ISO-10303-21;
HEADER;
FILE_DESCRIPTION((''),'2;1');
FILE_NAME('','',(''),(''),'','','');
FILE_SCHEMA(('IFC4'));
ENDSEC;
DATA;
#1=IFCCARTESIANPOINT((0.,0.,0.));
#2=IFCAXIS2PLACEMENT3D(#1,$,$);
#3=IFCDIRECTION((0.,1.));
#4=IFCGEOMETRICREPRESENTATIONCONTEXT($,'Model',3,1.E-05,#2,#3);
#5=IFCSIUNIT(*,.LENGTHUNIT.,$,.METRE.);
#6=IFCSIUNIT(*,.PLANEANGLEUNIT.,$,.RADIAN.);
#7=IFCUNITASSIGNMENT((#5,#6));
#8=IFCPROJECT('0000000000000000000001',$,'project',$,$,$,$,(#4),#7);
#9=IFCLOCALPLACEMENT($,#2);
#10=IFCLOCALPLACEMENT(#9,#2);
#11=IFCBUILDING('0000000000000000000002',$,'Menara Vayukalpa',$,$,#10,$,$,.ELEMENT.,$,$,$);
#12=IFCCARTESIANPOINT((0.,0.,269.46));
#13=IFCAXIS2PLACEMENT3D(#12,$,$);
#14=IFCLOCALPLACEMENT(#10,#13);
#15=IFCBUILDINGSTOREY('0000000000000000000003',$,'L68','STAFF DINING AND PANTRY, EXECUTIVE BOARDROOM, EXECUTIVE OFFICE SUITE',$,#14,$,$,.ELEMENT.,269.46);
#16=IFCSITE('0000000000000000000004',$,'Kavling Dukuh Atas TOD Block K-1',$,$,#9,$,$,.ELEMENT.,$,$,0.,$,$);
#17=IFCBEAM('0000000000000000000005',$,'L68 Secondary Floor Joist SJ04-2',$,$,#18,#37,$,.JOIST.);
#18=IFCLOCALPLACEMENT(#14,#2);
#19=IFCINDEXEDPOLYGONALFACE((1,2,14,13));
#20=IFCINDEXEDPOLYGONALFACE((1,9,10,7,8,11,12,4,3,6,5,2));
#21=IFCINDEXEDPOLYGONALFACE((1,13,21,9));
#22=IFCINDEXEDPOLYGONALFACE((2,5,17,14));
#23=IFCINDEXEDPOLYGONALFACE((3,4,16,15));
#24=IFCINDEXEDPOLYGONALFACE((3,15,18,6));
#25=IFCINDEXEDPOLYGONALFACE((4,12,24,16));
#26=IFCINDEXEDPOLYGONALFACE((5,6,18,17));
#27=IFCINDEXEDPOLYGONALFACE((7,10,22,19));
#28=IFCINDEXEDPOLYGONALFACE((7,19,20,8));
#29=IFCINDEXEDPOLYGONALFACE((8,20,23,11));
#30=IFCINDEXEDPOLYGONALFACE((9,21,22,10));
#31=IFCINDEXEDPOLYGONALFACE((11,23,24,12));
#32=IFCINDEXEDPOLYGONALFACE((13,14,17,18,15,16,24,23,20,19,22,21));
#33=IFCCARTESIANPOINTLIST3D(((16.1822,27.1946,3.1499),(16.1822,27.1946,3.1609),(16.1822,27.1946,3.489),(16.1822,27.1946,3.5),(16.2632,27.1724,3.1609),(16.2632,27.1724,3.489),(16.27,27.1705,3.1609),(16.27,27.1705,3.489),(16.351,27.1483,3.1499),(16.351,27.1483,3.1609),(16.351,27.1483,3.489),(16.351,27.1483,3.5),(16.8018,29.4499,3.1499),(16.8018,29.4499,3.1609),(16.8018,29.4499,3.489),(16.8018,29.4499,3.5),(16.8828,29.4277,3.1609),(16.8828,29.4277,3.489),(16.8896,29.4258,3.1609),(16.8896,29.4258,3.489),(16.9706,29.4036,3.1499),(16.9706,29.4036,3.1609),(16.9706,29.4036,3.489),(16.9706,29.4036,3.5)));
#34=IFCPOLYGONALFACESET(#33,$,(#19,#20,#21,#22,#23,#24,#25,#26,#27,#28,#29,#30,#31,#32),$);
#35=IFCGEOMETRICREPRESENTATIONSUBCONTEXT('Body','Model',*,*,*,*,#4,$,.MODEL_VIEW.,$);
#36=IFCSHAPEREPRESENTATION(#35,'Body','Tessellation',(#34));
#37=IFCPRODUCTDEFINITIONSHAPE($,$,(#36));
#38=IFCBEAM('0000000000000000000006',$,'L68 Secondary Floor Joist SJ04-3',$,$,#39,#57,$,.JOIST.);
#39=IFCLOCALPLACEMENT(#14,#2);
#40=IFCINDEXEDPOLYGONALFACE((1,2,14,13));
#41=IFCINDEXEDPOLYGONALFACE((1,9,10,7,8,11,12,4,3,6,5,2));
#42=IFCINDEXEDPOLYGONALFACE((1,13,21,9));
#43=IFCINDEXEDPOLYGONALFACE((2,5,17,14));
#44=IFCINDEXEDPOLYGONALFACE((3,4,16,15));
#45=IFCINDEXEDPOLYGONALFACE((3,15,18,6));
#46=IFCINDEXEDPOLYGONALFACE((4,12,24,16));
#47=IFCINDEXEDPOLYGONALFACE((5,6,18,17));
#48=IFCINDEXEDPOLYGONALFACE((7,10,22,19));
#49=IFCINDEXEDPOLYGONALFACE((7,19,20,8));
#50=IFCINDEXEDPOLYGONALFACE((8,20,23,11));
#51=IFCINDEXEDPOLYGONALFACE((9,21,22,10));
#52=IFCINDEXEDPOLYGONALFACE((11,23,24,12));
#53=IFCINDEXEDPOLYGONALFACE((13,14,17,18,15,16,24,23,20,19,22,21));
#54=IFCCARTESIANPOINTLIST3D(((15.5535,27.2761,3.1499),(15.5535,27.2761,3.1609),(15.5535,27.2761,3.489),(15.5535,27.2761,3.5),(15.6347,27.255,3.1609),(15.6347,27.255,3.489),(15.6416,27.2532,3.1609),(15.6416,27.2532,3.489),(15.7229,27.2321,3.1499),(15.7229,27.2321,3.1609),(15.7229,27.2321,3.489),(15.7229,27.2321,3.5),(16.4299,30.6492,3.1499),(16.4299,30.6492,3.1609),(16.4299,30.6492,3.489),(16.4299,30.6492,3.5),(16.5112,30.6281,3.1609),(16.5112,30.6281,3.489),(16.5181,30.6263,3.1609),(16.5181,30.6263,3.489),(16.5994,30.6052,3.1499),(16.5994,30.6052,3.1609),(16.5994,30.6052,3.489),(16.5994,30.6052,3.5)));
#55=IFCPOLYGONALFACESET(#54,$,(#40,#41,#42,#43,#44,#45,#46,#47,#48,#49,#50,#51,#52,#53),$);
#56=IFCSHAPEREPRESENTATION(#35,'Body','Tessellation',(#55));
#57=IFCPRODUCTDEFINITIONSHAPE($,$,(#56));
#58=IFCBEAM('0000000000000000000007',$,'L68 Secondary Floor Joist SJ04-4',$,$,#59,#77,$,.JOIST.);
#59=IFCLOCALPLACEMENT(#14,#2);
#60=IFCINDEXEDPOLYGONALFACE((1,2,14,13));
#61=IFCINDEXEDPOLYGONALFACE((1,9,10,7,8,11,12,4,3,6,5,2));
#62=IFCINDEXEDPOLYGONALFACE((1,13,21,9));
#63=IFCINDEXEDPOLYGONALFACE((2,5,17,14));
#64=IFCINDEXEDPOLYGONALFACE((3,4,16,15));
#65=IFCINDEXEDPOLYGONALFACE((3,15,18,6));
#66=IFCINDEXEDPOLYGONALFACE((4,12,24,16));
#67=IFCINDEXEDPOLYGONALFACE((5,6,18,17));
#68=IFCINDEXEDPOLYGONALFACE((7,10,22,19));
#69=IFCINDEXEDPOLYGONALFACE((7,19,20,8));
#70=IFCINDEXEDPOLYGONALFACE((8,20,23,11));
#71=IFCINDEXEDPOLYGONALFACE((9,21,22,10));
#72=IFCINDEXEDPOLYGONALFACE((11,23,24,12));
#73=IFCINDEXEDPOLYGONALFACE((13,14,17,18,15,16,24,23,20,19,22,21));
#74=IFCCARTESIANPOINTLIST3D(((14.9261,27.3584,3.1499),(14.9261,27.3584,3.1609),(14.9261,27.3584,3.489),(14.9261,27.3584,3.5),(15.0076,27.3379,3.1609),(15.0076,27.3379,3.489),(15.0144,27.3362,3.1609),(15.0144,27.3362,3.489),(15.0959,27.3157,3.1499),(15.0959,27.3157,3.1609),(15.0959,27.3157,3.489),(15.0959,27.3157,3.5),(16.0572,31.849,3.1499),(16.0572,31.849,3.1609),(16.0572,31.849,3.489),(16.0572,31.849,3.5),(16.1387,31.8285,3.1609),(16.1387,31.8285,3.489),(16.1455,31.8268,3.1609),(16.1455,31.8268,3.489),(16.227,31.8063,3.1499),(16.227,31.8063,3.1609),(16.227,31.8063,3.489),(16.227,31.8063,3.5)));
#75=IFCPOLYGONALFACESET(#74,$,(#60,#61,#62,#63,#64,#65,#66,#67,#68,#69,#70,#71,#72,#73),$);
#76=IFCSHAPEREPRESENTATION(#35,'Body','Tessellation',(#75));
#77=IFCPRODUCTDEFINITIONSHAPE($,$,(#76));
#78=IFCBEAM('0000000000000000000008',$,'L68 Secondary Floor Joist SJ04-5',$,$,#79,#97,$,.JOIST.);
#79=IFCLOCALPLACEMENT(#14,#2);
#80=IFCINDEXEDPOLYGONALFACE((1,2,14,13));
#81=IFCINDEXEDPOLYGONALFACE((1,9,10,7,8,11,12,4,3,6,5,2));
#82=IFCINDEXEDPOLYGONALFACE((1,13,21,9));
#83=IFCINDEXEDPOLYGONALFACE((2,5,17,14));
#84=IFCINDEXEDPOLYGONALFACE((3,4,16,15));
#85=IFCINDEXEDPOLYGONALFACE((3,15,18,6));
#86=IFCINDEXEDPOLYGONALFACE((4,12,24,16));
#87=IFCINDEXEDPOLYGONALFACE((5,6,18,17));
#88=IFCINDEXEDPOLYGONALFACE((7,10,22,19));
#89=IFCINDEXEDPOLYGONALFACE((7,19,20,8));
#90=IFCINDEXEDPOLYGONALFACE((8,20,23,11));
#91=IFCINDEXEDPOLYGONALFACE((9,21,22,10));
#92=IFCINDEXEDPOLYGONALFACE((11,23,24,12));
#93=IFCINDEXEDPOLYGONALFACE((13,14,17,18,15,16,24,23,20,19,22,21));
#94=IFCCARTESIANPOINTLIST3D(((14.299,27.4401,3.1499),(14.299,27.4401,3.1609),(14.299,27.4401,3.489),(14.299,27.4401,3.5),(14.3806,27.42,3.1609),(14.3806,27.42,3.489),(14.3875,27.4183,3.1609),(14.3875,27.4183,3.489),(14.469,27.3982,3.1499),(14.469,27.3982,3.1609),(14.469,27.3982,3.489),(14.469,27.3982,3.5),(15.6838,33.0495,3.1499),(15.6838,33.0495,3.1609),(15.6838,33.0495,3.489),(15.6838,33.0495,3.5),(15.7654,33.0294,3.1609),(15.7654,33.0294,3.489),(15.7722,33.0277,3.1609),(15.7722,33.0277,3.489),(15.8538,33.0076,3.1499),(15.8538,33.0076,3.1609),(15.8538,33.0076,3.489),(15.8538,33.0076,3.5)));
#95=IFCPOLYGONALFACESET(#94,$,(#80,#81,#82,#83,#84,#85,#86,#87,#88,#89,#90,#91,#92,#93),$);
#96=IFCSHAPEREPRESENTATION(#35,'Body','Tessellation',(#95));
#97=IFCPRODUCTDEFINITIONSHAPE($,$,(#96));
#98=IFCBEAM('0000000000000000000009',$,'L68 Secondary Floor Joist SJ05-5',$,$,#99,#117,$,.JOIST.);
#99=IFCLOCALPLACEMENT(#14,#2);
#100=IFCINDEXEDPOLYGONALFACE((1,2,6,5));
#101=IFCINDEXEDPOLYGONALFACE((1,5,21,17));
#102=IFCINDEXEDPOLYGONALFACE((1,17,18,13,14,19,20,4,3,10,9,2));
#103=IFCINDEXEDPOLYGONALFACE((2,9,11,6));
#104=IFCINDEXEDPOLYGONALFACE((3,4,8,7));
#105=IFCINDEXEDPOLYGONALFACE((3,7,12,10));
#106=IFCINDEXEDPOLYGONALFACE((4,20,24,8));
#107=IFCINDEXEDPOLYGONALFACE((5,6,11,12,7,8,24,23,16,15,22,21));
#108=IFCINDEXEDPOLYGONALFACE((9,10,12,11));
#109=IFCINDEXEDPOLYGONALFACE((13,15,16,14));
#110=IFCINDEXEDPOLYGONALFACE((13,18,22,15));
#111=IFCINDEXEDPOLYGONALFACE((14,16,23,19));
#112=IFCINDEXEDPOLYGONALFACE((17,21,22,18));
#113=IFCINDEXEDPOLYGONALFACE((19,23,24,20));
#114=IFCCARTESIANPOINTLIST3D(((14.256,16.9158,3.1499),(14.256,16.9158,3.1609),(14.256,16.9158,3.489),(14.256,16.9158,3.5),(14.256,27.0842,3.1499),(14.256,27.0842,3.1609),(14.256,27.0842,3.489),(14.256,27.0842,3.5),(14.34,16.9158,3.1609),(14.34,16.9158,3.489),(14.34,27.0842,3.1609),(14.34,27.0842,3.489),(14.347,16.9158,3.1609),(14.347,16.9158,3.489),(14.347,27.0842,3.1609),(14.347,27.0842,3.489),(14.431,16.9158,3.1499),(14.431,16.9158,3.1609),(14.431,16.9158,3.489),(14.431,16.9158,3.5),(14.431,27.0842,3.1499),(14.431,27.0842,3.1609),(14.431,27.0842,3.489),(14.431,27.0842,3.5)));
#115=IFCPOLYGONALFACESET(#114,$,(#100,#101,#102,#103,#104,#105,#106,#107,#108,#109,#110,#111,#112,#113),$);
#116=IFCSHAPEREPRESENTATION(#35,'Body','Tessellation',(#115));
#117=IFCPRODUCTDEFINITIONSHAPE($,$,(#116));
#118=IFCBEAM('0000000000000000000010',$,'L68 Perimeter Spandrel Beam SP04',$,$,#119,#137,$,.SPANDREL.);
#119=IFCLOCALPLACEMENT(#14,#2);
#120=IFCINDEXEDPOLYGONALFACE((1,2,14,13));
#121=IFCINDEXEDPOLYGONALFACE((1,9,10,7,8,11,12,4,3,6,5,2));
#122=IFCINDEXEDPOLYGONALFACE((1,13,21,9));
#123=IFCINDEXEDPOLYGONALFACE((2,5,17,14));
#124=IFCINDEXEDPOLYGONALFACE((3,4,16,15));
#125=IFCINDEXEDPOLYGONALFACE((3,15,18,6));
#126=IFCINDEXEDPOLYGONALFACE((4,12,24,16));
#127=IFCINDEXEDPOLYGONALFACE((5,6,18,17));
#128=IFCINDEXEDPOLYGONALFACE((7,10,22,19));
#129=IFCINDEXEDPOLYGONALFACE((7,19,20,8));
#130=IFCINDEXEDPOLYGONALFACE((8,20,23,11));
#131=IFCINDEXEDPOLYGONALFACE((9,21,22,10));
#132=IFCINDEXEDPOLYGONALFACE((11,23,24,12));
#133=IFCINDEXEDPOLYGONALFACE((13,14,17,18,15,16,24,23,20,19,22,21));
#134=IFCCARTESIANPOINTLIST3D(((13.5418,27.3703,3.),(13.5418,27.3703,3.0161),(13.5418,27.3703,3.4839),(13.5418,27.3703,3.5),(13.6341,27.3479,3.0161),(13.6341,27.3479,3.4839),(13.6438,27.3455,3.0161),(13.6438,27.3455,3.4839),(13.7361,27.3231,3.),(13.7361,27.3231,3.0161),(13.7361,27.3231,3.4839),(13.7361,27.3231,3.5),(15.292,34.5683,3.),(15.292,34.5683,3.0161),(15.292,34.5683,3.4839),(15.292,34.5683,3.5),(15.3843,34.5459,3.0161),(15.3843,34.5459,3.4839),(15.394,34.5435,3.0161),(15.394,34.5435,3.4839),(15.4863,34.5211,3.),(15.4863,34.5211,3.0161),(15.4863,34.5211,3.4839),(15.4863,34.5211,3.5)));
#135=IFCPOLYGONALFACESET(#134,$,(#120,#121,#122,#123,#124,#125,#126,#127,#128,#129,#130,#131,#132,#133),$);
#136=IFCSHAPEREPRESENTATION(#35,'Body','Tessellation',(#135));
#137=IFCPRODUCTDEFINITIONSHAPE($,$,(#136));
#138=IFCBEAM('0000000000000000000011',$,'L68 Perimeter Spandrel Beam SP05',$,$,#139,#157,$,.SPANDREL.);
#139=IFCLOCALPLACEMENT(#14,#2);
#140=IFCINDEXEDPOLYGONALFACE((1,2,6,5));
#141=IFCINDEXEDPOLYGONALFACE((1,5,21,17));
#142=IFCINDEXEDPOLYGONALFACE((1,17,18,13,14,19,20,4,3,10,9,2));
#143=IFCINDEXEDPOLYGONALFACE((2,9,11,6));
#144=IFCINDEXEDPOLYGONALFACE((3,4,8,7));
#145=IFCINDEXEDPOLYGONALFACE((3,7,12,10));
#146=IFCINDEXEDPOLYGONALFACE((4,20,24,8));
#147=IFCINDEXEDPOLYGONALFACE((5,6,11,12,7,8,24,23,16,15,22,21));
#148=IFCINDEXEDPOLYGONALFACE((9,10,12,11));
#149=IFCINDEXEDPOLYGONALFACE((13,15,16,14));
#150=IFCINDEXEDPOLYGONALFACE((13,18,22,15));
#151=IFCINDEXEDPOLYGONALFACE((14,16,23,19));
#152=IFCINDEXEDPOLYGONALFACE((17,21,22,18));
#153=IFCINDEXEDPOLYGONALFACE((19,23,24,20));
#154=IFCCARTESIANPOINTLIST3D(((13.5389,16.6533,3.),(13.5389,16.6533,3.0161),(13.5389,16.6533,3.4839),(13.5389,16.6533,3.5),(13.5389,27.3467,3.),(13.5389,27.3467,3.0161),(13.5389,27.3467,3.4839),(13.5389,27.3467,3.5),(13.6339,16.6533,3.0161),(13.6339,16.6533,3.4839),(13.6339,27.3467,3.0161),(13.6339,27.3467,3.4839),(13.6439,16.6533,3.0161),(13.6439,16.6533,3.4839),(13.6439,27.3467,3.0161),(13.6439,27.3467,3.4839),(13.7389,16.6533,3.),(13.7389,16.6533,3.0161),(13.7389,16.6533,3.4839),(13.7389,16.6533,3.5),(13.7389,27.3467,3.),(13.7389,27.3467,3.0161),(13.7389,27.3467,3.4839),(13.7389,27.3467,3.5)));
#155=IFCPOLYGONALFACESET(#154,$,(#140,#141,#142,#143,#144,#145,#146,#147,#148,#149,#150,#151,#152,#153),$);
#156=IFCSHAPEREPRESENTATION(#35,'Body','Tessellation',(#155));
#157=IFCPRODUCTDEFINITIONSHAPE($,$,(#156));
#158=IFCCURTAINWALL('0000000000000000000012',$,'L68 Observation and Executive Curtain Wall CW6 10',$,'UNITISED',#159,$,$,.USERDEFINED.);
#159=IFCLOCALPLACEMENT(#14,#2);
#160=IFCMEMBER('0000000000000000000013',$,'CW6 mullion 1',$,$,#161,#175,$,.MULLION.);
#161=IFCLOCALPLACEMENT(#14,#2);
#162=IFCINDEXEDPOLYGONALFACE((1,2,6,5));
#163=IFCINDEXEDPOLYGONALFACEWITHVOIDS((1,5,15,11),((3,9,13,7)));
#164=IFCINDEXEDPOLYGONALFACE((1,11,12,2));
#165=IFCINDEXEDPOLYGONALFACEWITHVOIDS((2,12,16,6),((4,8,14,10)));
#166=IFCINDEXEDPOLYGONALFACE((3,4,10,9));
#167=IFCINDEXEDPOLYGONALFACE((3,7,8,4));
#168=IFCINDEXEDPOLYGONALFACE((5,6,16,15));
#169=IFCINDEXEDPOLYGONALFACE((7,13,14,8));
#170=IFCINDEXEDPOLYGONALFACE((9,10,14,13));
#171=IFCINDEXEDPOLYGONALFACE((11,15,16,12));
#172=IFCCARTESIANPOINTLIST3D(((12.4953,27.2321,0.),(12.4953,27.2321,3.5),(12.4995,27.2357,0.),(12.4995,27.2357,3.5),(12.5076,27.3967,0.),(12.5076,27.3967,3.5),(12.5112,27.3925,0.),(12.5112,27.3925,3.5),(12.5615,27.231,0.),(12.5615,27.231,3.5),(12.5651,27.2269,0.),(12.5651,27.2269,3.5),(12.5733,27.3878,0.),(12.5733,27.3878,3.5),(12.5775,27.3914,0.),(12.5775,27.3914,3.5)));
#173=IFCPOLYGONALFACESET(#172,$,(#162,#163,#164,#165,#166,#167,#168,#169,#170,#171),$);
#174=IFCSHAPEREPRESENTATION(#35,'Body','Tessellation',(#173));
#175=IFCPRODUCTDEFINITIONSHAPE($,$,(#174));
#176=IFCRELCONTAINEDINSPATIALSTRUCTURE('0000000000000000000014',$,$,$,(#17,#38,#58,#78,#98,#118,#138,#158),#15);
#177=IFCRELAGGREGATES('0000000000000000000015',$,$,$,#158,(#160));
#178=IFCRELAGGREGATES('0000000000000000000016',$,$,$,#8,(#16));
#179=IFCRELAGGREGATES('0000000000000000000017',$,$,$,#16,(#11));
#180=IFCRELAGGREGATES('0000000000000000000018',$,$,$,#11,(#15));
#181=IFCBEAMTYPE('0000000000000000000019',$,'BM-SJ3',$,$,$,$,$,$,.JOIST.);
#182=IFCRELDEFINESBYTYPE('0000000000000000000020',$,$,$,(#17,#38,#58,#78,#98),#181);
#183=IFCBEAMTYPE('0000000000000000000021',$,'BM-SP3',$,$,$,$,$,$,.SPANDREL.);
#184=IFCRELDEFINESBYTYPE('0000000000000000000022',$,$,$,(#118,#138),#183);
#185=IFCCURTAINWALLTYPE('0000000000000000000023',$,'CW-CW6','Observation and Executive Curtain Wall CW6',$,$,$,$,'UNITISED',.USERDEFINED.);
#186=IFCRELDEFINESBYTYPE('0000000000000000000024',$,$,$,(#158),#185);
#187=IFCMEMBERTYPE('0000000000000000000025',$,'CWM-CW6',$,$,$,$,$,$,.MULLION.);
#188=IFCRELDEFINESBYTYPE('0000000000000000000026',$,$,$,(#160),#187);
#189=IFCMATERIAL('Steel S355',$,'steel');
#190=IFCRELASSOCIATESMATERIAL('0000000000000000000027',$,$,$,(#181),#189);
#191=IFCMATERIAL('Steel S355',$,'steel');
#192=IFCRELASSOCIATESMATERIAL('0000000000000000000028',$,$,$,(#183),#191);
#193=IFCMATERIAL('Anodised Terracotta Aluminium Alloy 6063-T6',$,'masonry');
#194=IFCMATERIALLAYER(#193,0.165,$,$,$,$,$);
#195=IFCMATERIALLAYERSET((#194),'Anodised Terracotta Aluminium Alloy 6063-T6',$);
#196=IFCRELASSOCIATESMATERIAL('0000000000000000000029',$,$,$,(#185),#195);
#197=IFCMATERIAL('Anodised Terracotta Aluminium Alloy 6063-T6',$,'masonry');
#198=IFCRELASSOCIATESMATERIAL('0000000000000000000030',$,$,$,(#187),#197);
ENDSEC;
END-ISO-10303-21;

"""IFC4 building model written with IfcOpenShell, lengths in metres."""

from ifc_helpers import new_model, si_unit, direction, frame, origin, origin_2d, place, context, subcontext, project, spatial, hollow_rectangle, i_section, extrude, material, layer, layer_set, material_profile, profile_set, type_object, element, aggregate, save


model = new_model("IFC4")

# Units and contexts
model_context = context("Model", 3, precision=1e-05, world=origin(), true_north=direction((0.0, 1.0)))
body_context = subcontext(model_context, "Body", "Model", "MODEL_VIEW")
ifc_project = project(units=[si_unit("LENGTHUNIT", "METRE"), si_unit("PLANEANGLEUNIT", "RADIAN")], contexts=[model_context])

# Site, building, storey
site_placement = place(None, origin())
site = spatial("IfcSite", under=ifc_project, at=site_placement, Name="Kavling Dukuh Atas TOD Block K-1", CompositionType="ELEMENT", RefElevation=0.0)
building_placement = place(site_placement, origin())
building = spatial("IfcBuilding", under=site, at=building_placement, Name="Menara Vayukalpa", CompositionType="ELEMENT")
storey_placement = place(building_placement, frame((0.0, 0.0, 269.46)))
storey = spatial("IfcBuildingStorey", under=building, at=storey_placement, Name="L68", Description="STAFF DINING AND PANTRY, EXECUTIVE BOARDROOM, EXECUTIVE OFFICE SUITE", CompositionType="ELEMENT", Elevation=269.46)

# Beams
ifc_material_1 = material(Name="Steel S355", Category="steel")
ifc_material_profile_1 = material_profile(ifc_material_1, i_section(OverallWidth=0.175, OverallDepth=0.3501, WebThickness=0.0071, FlangeThickness=0.011, at=origin_2d()), Name="WF 350x175x7x11")
ifc_profile_set_1 = profile_set([ifc_material_profile_1], Name="Steel S355")
beam_type_1 = type_object("IfcBeamType", Name="BM-SJ3", PredefinedType="JOIST", material=ifc_profile_set_1)
beam_1_placement = place(storey_placement, frame((16.8862, 29.4268, 3.325), z_axis=(-0.264919, -0.964271, 0.0), x_axis=(0.964271, -0.264919, 0.0)))
element("IfcBeam", 1, at=beam_1_placement, inside=storey, type_object=beam_type_1, Name="L68 Secondary Floor Joist SJ04-2", PredefinedType="JOIST", context=body_context, shape_type="SweptSolid", body=[
    extrude(i_section(OverallWidth=0.175, OverallDepth=0.3501, WebThickness=0.0071, FlangeThickness=0.011, at=origin_2d()), origin(), (0.0, 0.0, 1.0), 2.3389),
])
beam_2_placement = place(storey_placement, frame((16.5146, 30.6272, 3.325), z_axis=(-0.251492, -0.967859, 0.0), x_axis=(0.967859, -0.251492, 0.0)))
element("IfcBeam", 2, at=beam_2_placement, inside=storey, type_object=beam_type_1, Name="L68 Secondary Floor Joist SJ04-3", PredefinedType="JOIST", context=body_context, shape_type="SweptSolid", body=[
    extrude(i_section(OverallWidth=0.175, OverallDepth=0.3501, WebThickness=0.0071, FlangeThickness=0.011, at=origin_2d()), origin(), (0.0, 0.0, 1.0), 3.4851),
])
beam_3_placement = place(storey_placement, frame((16.1421, 31.8276, 3.325), z_axis=(-0.244247, -0.969713, 0.0), x_axis=(0.969713, -0.244247, 0.0)))
element("IfcBeam", 3, at=beam_3_placement, inside=storey, type_object=beam_type_1, Name="L68 Secondary Floor Joist SJ04-4", PredefinedType="JOIST", context=body_context, shape_type="SweptSolid", body=[
    extrude(i_section(OverallWidth=0.175, OverallDepth=0.3501, WebThickness=0.0071, FlangeThickness=0.011, at=origin_2d()), origin(), (0.0, 0.0, 1.0), 4.6309),
])
beam_4_placement = place(storey_placement, frame((15.7688, 33.0286, 3.325), z_axis=(-0.239671, -0.970854, 0.0), x_axis=(0.970854, -0.239671, 0.0)))
element("IfcBeam", 4, at=beam_4_placement, inside=storey, type_object=beam_type_1, Name="L68 Secondary Floor Joist SJ04-5", PredefinedType="JOIST", context=body_context, shape_type="SweptSolid", body=[
    extrude(i_section(OverallWidth=0.175, OverallDepth=0.3501, WebThickness=0.0071, FlangeThickness=0.011, at=origin_2d()), origin(), (0.0, 0.0, 1.0), 5.7778),
])
beam_5_placement = place(storey_placement, frame((14.3435, 27.0842, 3.325), z_axis=(0.0, -1.0, 0.0), x_axis=(1.0, 0.0, 0.0)))
element("IfcBeam", 5, at=beam_5_placement, inside=storey, type_object=beam_type_1, Name="L68 Secondary Floor Joist SJ05-5", PredefinedType="JOIST", context=body_context, shape_type="SweptSolid", body=[
    extrude(i_section(OverallWidth=0.175, OverallDepth=0.3501, WebThickness=0.0071, FlangeThickness=0.011, at=origin_2d()), origin(), (0.0, 0.0, 1.0), 10.1685),
])
ifc_material_2 = material(Name="Steel S355", Category="steel")
ifc_material_profile_2 = material_profile(ifc_material_2, i_section(OverallWidth=0.2, OverallDepth=0.5, WebThickness=0.01, FlangeThickness=0.0161, at=origin_2d()), Name="WF 500x200x10x16")
ifc_profile_set_2 = profile_set([ifc_material_profile_2], Name="Steel S355")
beam_type_2 = type_object("IfcBeamType", Name="BM-SP3", PredefinedType="SPANDREL", material=ifc_profile_set_2)
beam_6_placement = place(storey_placement, frame((15.3892, 34.5447, 3.25), z_axis=(-0.236273, -0.971687, 0.0), x_axis=(0.971687, -0.236273, 0.0)))
element("IfcBeam", 6, at=beam_6_placement, inside=storey, type_object=beam_type_2, Name="L68 Perimeter Spandrel Beam SP04", PredefinedType="SPANDREL", context=body_context, shape_type="SweptSolid", body=[
    extrude(i_section(OverallWidth=0.2, OverallDepth=0.5, WebThickness=0.01, FlangeThickness=0.0161, at=origin_2d()), origin(), (0.0, 0.0, 1.0), 7.4077),
])
beam_7_placement = place(storey_placement, frame((13.6389, 27.3467, 3.25), z_axis=(0.0, -1.0, 0.0), x_axis=(1.0, 0.0, 0.0)))
element("IfcBeam", 7, at=beam_7_placement, inside=storey, type_object=beam_type_2, Name="L68 Perimeter Spandrel Beam SP05", PredefinedType="SPANDREL", context=body_context, shape_type="SweptSolid", body=[
    extrude(i_section(OverallWidth=0.2, OverallDepth=0.5, WebThickness=0.01, FlangeThickness=0.0161, at=origin_2d()), origin(), (0.0, 0.0, 1.0), 10.6934),
])

# Curtain wall, member
ifc_material_3 = material(Name="Anodised Terracotta Aluminium Alloy 6063-T6", Category="masonry")
ifc_layer_1 = layer(ifc_material_3, 0.165)
ifc_layer_set_1 = layer_set([ifc_layer_1], Name="Anodised Terracotta Aluminium Alloy 6063-T6")
curtain_wall_type = type_object("IfcCurtainWallType", Name="CW-CW6", Description="Observation and Executive Curtain Wall CW6", ElementType="UNITISED", PredefinedType="USERDEFINED", material=ifc_layer_set_1)
curtain_wall_placement = place(storey_placement, origin())
curtain_wall = element("IfcCurtainWall", 8, at=curtain_wall_placement, inside=storey, type_object=curtain_wall_type, Name="L68 Observation and Executive Curtain Wall CW6 10", ObjectType="UNITISED", PredefinedType="USERDEFINED")
ifc_material_4 = material(Name="Anodised Terracotta Aluminium Alloy 6063-T6", Category="masonry")
ifc_material_profile_3 = material_profile(ifc_material_4, hollow_rectangle(XDim=0.0701, YDim=0.165, WallThickness=0.0039, at=origin_2d()), Name="ALU 70x165x4")
ifc_profile_set_3 = profile_set([ifc_material_profile_3], Name="Anodised Terracotta Aluminium Alloy 6063-T6")
member_type_1 = type_object("IfcMemberType", Name="CWM-CW6", PredefinedType="MULLION", material=ifc_profile_set_3)
member_1_placement = place(storey_placement, frame((12.5364, 27.3118, 0.0), z_axis=(0.0, 0.0, 1.0), x_axis=(0.997199, -0.074789, 0.0)))
member_1 = element("IfcMember", 9, at=member_1_placement, type_object=member_type_1, Name="CW6 mullion 1", PredefinedType="MULLION", context=body_context, shape_type="SweptSolid", body=[
    extrude(hollow_rectangle(XDim=0.0701, YDim=0.165, WallThickness=0.0039, at=origin_2d()), origin(), (0.0, 0.0, 1.0), 3.5),
])
aggregate(curtain_wall, [member_1])

save(model, "model.ifc")
